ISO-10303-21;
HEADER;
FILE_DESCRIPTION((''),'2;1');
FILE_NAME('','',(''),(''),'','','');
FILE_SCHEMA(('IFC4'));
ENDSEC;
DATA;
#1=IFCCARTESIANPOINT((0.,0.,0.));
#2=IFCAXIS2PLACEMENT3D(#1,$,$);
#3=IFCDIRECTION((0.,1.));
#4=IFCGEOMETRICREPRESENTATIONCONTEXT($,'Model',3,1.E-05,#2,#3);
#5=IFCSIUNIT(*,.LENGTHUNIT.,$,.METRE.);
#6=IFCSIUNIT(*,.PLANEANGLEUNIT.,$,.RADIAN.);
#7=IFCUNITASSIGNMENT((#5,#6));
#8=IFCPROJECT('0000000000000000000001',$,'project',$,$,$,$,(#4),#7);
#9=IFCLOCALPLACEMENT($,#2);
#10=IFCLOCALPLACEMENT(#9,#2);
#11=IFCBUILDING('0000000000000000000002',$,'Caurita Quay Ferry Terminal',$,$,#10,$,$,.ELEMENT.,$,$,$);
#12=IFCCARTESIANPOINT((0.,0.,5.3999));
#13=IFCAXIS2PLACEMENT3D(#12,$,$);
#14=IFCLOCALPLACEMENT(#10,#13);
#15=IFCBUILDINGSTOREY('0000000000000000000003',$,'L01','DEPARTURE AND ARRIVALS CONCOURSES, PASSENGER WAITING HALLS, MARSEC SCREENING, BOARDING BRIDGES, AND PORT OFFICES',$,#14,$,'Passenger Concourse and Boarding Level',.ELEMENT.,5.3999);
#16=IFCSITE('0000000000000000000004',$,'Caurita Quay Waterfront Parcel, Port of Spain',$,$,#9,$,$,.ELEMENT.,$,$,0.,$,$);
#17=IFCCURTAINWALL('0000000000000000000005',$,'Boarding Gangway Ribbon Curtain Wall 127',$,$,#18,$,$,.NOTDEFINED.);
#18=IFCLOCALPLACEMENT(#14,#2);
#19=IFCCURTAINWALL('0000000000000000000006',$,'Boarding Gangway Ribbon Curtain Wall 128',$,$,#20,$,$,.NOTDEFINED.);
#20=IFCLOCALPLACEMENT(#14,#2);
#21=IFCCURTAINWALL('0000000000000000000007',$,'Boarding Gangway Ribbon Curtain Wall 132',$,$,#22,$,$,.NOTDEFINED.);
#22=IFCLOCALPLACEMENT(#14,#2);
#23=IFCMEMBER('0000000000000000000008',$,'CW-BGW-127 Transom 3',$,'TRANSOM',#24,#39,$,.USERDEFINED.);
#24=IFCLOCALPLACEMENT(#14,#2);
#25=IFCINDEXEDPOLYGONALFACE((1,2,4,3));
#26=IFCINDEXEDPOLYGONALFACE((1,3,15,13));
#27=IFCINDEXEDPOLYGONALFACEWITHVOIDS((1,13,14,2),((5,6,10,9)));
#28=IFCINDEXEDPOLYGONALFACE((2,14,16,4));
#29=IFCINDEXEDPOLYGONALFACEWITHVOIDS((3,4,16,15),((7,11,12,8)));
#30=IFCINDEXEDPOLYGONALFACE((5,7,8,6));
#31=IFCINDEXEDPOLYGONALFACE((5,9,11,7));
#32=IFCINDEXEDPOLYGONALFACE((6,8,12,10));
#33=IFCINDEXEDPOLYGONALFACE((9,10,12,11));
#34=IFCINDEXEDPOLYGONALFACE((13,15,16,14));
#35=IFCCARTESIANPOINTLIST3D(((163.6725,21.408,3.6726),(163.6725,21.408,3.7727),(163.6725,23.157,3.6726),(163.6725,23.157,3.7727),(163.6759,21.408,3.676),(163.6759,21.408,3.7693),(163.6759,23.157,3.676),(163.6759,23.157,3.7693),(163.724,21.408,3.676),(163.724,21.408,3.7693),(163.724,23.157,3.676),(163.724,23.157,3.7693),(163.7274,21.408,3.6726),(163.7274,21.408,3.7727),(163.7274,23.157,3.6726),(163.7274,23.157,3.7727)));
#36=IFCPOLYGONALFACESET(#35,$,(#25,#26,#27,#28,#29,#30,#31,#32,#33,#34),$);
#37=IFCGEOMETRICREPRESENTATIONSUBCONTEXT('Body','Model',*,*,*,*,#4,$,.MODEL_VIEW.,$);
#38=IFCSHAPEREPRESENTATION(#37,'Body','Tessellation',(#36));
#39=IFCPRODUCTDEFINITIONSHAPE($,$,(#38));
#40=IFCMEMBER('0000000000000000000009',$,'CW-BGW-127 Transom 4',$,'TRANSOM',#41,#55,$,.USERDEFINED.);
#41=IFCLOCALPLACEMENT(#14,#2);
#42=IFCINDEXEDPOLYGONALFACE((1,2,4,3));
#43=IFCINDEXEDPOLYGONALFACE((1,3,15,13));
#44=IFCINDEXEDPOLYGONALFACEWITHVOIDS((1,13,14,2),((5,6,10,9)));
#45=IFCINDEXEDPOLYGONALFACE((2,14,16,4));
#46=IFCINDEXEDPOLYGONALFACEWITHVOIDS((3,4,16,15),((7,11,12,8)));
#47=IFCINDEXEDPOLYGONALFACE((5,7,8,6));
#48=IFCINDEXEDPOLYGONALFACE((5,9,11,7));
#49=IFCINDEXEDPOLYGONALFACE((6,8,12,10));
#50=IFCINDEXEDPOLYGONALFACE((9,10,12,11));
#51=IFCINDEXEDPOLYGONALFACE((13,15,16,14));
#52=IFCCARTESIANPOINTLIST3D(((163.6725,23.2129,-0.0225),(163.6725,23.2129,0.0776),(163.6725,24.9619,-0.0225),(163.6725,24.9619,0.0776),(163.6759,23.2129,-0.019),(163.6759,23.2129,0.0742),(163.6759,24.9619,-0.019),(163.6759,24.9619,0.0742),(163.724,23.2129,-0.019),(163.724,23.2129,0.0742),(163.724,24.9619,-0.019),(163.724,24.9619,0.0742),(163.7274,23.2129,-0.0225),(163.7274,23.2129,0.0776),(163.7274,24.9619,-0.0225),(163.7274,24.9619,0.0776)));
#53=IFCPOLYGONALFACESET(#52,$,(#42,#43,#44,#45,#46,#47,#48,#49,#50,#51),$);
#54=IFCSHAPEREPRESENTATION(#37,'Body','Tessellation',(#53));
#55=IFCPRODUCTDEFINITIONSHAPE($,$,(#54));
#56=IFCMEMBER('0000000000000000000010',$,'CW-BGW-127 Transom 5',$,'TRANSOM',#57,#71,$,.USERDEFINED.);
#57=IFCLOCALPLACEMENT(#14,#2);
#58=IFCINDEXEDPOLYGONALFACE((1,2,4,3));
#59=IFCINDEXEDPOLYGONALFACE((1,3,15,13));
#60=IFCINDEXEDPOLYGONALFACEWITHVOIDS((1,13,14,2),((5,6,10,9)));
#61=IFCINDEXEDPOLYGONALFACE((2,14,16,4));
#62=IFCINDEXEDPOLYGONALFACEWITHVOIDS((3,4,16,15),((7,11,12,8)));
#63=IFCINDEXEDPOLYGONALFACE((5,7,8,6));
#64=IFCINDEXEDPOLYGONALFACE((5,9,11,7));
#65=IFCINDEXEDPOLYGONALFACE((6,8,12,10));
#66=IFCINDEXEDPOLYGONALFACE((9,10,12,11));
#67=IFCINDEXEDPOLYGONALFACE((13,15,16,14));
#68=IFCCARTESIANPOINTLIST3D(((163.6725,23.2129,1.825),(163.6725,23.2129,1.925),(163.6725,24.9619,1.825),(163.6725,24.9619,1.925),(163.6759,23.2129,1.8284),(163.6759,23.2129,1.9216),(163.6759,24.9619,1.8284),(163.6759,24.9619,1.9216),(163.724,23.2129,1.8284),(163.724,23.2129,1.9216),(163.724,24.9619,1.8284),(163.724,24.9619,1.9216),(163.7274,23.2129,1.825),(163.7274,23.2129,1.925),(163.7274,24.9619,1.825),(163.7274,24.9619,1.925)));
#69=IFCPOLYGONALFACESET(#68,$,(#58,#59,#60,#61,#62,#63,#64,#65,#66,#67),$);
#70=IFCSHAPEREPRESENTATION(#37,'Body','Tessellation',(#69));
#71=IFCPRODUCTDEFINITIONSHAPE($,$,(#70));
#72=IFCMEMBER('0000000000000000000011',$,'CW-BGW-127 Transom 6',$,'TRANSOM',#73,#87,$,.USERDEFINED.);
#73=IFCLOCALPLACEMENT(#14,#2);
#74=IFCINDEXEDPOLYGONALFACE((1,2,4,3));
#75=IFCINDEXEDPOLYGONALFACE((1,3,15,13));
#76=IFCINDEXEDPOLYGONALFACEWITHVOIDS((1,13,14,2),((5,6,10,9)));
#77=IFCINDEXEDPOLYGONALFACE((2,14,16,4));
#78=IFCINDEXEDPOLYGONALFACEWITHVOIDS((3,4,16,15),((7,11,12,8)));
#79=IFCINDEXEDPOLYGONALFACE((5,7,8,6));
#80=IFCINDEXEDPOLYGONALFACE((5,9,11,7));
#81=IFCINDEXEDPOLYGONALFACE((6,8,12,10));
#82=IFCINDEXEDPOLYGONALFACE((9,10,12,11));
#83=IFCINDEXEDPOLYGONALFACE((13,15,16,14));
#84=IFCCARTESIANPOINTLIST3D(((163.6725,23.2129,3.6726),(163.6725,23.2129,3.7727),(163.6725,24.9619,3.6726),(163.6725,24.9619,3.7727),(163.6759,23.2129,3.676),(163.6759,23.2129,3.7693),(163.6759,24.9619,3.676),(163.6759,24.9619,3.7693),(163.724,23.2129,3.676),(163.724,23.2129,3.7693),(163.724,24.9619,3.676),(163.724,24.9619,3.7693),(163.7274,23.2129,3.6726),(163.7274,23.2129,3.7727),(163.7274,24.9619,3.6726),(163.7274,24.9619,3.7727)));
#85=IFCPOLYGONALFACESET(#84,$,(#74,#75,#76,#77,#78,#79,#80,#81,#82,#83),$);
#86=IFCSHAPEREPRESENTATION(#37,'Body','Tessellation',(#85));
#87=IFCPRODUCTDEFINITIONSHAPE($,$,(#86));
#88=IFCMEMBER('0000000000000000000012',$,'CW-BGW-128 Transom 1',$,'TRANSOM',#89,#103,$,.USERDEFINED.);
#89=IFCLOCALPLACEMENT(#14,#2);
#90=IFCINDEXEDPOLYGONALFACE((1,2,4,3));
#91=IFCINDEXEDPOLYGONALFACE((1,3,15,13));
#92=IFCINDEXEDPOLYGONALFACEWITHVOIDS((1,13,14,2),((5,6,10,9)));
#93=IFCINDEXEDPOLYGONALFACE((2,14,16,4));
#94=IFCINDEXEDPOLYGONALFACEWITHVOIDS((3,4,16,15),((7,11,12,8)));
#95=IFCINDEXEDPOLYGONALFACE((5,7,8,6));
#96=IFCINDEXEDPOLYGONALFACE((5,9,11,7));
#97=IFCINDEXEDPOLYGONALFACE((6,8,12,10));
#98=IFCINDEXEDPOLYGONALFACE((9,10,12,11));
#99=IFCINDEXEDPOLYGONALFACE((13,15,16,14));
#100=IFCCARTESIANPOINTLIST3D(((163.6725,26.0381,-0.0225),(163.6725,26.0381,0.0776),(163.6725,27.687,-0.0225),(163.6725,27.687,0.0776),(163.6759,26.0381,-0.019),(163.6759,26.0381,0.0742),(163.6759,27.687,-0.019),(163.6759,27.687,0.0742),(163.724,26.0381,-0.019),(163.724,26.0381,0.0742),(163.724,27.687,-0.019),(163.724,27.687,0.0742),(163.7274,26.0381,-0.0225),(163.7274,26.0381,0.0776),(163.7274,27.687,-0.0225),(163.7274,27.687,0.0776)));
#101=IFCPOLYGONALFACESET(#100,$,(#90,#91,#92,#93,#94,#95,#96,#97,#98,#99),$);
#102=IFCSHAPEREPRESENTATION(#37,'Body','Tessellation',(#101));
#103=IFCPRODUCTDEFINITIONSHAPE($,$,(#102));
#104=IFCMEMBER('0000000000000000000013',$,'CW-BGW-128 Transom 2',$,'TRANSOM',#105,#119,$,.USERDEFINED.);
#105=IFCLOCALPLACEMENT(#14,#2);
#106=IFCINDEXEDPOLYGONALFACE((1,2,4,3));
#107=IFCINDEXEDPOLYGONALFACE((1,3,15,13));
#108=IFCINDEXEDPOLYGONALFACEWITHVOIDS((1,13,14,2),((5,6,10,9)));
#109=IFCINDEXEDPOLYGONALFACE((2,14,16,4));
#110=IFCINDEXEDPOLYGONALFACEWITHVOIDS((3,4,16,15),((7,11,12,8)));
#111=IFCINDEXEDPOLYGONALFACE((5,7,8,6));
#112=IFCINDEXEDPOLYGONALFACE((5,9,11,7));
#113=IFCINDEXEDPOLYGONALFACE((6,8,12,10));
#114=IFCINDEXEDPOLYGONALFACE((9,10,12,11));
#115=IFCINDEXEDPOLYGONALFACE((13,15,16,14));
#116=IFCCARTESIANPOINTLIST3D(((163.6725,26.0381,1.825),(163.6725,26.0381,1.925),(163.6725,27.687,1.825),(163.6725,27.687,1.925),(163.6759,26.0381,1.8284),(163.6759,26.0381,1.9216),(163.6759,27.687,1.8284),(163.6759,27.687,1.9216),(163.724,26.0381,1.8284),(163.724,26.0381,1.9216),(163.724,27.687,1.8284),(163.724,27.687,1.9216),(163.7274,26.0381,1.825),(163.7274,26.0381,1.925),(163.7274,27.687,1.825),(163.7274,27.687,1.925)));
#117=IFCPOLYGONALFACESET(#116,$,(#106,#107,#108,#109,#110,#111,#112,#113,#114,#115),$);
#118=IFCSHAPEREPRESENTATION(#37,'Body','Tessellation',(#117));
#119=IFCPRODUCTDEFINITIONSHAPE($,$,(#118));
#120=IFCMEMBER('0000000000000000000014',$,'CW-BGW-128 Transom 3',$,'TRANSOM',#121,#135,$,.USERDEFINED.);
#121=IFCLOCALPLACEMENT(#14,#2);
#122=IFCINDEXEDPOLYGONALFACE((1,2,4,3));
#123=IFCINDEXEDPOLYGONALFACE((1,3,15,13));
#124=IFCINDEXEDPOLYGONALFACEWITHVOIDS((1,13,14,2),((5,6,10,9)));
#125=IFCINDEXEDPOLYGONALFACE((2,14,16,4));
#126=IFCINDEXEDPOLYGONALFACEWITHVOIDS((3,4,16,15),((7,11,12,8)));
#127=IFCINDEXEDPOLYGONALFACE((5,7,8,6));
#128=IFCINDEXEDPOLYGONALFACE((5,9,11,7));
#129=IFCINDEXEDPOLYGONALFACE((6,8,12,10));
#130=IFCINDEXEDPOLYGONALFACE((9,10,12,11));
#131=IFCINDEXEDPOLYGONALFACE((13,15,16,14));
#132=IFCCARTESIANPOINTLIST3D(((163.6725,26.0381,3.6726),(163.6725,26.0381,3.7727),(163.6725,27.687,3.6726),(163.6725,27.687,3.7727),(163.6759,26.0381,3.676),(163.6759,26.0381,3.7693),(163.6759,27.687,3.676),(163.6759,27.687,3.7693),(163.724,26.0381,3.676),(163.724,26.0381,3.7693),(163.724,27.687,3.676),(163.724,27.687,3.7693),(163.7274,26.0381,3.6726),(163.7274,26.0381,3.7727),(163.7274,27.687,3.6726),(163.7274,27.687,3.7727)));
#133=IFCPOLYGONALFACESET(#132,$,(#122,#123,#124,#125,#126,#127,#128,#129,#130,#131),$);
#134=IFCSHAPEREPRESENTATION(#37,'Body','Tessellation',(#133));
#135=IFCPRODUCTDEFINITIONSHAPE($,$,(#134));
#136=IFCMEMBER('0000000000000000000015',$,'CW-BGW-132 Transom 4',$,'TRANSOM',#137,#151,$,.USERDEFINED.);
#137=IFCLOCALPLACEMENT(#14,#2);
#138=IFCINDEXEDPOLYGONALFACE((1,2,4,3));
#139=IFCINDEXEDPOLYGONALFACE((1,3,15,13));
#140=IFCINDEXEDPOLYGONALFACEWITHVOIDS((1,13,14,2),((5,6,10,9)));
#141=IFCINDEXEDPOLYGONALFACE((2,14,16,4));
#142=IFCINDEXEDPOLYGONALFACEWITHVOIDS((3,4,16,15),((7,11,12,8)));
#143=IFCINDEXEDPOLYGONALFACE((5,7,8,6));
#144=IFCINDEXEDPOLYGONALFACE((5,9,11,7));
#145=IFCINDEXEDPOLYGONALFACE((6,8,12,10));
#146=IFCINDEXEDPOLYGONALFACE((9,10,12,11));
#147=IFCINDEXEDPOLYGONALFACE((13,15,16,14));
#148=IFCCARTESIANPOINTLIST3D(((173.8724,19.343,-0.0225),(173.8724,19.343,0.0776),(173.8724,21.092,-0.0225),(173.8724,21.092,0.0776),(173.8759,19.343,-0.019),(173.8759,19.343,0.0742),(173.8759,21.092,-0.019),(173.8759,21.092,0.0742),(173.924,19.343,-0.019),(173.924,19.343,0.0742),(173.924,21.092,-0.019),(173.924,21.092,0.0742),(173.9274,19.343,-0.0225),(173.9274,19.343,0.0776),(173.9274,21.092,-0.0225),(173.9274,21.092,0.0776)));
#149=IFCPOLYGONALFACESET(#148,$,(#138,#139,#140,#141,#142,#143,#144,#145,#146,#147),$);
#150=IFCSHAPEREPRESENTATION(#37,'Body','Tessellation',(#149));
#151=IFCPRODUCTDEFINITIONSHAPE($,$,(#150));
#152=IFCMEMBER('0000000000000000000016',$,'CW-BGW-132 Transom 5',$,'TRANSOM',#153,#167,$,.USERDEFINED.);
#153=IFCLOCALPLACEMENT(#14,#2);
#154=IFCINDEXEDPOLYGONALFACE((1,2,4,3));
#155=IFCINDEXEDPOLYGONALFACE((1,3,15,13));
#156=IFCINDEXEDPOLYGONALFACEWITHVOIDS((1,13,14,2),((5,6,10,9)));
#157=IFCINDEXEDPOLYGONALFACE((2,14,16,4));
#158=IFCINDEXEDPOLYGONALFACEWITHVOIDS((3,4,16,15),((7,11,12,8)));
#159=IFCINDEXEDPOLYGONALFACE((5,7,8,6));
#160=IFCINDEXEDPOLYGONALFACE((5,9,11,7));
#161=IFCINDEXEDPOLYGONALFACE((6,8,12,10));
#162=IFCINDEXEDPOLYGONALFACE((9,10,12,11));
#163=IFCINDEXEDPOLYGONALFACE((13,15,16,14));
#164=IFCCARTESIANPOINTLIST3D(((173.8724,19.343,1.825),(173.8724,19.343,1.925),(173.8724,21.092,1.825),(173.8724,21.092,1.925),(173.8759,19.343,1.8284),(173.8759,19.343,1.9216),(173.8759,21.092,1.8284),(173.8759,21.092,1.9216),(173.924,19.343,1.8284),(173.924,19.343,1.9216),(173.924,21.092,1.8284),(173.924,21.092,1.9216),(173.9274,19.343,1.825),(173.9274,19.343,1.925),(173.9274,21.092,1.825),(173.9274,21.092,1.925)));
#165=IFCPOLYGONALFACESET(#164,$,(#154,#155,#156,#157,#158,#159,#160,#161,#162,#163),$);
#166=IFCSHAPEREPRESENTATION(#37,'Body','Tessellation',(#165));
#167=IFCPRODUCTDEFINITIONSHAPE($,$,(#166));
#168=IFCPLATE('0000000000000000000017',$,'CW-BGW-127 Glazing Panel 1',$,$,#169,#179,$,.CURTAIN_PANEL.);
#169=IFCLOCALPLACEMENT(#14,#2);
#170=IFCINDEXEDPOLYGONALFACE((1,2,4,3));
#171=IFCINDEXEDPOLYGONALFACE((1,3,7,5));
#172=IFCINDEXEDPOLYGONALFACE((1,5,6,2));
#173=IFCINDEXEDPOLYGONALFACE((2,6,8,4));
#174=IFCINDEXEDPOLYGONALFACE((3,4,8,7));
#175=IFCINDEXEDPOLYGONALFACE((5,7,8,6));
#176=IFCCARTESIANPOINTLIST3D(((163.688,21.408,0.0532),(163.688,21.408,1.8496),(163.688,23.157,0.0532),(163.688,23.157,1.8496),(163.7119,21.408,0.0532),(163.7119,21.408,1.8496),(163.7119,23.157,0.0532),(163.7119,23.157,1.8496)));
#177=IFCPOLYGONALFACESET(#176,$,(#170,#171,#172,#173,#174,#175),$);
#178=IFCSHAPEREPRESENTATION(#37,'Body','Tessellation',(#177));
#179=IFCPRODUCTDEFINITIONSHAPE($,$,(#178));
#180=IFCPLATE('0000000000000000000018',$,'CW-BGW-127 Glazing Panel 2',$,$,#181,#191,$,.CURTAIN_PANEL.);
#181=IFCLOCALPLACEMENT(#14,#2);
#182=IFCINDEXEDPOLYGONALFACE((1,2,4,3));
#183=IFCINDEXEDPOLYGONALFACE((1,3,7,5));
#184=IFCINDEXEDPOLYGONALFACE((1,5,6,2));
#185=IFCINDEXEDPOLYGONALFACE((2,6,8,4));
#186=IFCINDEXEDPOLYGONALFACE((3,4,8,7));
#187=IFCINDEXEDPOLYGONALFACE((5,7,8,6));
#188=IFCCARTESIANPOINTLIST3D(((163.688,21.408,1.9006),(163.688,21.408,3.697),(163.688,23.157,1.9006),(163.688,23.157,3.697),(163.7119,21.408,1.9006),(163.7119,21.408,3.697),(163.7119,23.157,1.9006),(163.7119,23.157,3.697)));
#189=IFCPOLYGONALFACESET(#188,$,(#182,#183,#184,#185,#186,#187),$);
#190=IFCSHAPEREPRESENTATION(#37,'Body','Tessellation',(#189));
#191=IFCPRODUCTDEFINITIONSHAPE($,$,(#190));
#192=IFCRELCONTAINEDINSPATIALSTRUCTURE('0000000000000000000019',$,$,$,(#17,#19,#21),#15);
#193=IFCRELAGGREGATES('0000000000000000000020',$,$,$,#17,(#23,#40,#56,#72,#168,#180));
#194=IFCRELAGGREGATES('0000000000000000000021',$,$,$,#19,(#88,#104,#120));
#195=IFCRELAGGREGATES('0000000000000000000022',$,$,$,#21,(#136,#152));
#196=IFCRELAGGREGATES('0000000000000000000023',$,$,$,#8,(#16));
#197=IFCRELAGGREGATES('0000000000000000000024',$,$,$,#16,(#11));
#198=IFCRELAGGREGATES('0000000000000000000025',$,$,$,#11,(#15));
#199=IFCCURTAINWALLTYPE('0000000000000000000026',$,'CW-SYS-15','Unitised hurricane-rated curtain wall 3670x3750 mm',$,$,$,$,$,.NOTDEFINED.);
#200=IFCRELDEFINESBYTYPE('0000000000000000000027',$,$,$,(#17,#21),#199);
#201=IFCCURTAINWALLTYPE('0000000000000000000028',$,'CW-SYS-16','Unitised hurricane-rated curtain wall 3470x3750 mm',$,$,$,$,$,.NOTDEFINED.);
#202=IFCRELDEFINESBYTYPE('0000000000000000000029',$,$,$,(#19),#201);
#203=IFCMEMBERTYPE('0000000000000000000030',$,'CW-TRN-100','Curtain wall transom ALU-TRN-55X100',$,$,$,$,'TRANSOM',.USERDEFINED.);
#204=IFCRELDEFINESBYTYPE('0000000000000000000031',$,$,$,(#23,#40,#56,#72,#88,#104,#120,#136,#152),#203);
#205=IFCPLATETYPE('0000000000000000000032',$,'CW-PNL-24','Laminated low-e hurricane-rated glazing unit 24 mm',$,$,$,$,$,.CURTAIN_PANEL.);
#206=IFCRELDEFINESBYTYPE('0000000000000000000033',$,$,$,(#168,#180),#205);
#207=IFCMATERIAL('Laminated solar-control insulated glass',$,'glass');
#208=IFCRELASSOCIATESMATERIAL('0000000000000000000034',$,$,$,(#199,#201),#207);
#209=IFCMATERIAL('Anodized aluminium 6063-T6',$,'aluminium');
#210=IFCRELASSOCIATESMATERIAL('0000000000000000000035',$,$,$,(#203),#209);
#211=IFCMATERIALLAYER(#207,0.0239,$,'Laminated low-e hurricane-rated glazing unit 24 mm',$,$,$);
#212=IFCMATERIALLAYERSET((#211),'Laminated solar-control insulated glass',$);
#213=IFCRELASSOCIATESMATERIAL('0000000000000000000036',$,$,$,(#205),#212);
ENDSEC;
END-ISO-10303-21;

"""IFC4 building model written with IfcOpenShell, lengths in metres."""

from ifc_helpers import new_model, si_unit, direction, frame, origin, origin_2d, place, context, subcontext, project, spatial, rectangle, hollow_rectangle, extrude, material, layer, layer_set, material_profile, profile_set, type_object, element, aggregate, save


model = new_model("IFC4")

# Units and contexts
model_context = context("Model", 3, precision=1e-05, world=origin(), true_north=direction((0.0, 1.0)))
body_context = subcontext(model_context, "Body", "Model", "MODEL_VIEW")
ifc_project = project(units=[si_unit("LENGTHUNIT", "METRE"), si_unit("PLANEANGLEUNIT", "RADIAN")], contexts=[model_context])

# Site, building, storey
site_placement = place(None, origin())
site = spatial("IfcSite", under=ifc_project, at=site_placement, Name="Caurita Quay Waterfront Parcel, Port of Spain", CompositionType="ELEMENT", RefElevation=0.0)
building_placement = place(site_placement, origin())
building = spatial("IfcBuilding", under=site, at=building_placement, Name="Caurita Quay Ferry Terminal", CompositionType="ELEMENT")
storey_placement = place(building_placement, frame((0.0, 0.0, 5.3999)))
storey = spatial("IfcBuildingStorey", under=building, at=storey_placement, Name="L01", Description="DEPARTURE AND ARRIVALS CONCOURSES, PASSENGER WAITING HALLS, MARSEC SCREENING, BOARDING BRIDGES, AND PORT OFFICES", LongName="Passenger Concourse and Boarding Level", CompositionType="ELEMENT", Elevation=5.3999)

# Curtain wall
ifc_material_1 = material(Name="Laminated solar-control insulated glass", Category="glass")
curtain_wall_type_1 = type_object("IfcCurtainWallType", Name="CW-SYS-15", Description="Unitised hurricane-rated curtain wall 3670x3750 mm", PredefinedType="NOTDEFINED", material=ifc_material_1)
curtain_wall_1_placement = place(storey_placement, origin())
curtain_wall_1 = element("IfcCurtainWall", 1, at=curtain_wall_1_placement, inside=storey, type_object=curtain_wall_type_1, Name="Boarding Gangway Ribbon Curtain Wall 127", PredefinedType="NOTDEFINED")
ifc_material_2 = material(Name="Anodized aluminium 6063-T6", Category="aluminium")

# Curtain walls
curtain_wall_type_2 = type_object("IfcCurtainWallType", Name="CW-SYS-16", Description="Unitised hurricane-rated curtain wall 3470x3750 mm", PredefinedType="NOTDEFINED", material=ifc_material_1)
curtain_wall_2_placement = place(storey_placement, origin())
curtain_wall_2 = element("IfcCurtainWall", 2, at=curtain_wall_2_placement, inside=storey, type_object=curtain_wall_type_2, Name="Boarding Gangway Ribbon Curtain Wall 128", PredefinedType="NOTDEFINED")
curtain_wall_3_placement = place(storey_placement, origin())
curtain_wall_3 = element("IfcCurtainWall", 3, at=curtain_wall_3_placement, inside=storey, type_object=curtain_wall_type_1, Name="Boarding Gangway Ribbon Curtain Wall 132", PredefinedType="NOTDEFINED")

# Members
ifc_material_profile_1 = material_profile(ifc_material_2, hollow_rectangle(XDim=0.0549, YDim=0.1001, WallThickness=0.0034, at=origin_2d()), Name="ALU-TRN-55X100")
ifc_profile_set_1 = profile_set([ifc_material_profile_1], Name="Anodized aluminium 6063-T6")
member_type_1 = type_object("IfcMemberType", Name="CW-TRN-100", Description="Curtain wall transom ALU-TRN-55X100", ElementType="TRANSOM", PredefinedType="USERDEFINED", material=ifc_profile_set_1)
member_1_placement = place(storey_placement, frame((163.7, 21.408, 3.7227), z_axis=(0.0, 1.0, 0.0), x_axis=(-1.0, 0.0, 0.0)))
member_1 = element("IfcMember", 4, at=member_1_placement, type_object=member_type_1, Name="CW-BGW-127 Transom 3", ObjectType="TRANSOM", PredefinedType="USERDEFINED", context=body_context, shape_type="SweptSolid", body=[
    extrude(hollow_rectangle(XDim=0.0549, YDim=0.1001, WallThickness=0.0034, at=origin_2d()), origin(), (0.0, 0.0, 1.0), 1.749),
])
member_2_placement = place(storey_placement, frame((163.7, 23.2129, 0.0276), z_axis=(0.0, 1.0, 0.0), x_axis=(-1.0, 0.0, 0.0)))
member_2 = element("IfcMember", 5, at=member_2_placement, type_object=member_type_1, Name="CW-BGW-127 Transom 4", ObjectType="TRANSOM", PredefinedType="USERDEFINED", context=body_context, shape_type="SweptSolid", body=[
    extrude(hollow_rectangle(XDim=0.0549, YDim=0.1001, WallThickness=0.0034, at=origin_2d()), origin(), (0.0, 0.0, 1.0), 1.749),
])
member_3_placement = place(storey_placement, frame((163.7, 23.2129, 1.875), z_axis=(0.0, 1.0, 0.0), x_axis=(-1.0, 0.0, 0.0)))
member_3 = element("IfcMember", 6, at=member_3_placement, type_object=member_type_1, Name="CW-BGW-127 Transom 5", ObjectType="TRANSOM", PredefinedType="USERDEFINED", context=body_context, shape_type="SweptSolid", body=[
    extrude(hollow_rectangle(XDim=0.0549, YDim=0.1001, WallThickness=0.0034, at=origin_2d()), origin(), (0.0, 0.0, 1.0), 1.749),
])
member_4_placement = place(storey_placement, frame((163.7, 23.2129, 3.7227), z_axis=(0.0, 1.0, 0.0), x_axis=(-1.0, 0.0, 0.0)))
member_4 = element("IfcMember", 7, at=member_4_placement, type_object=member_type_1, Name="CW-BGW-127 Transom 6", ObjectType="TRANSOM", PredefinedType="USERDEFINED", context=body_context, shape_type="SweptSolid", body=[
    extrude(hollow_rectangle(XDim=0.0549, YDim=0.1001, WallThickness=0.0034, at=origin_2d()), origin(), (0.0, 0.0, 1.0), 1.749),
])
member_5_placement = place(storey_placement, frame((163.7, 26.0381, 0.0276), z_axis=(0.0, 1.0, 0.0), x_axis=(-1.0, 0.0, 0.0)))
member_5 = element("IfcMember", 8, at=member_5_placement, type_object=member_type_1, Name="CW-BGW-128 Transom 1", ObjectType="TRANSOM", PredefinedType="USERDEFINED", context=body_context, shape_type="SweptSolid", body=[
    extrude(hollow_rectangle(XDim=0.0549, YDim=0.1001, WallThickness=0.0034, at=origin_2d()), origin(), (0.0, 0.0, 1.0), 1.6489),
])
member_6_placement = place(storey_placement, frame((163.7, 26.0381, 1.875), z_axis=(0.0, 1.0, 0.0), x_axis=(-1.0, 0.0, 0.0)))
member_6 = element("IfcMember", 9, at=member_6_placement, type_object=member_type_1, Name="CW-BGW-128 Transom 2", ObjectType="TRANSOM", PredefinedType="USERDEFINED", context=body_context, shape_type="SweptSolid", body=[
    extrude(hollow_rectangle(XDim=0.0549, YDim=0.1001, WallThickness=0.0034, at=origin_2d()), origin(), (0.0, 0.0, 1.0), 1.6489),
])
member_7_placement = place(storey_placement, frame((163.7, 26.0381, 3.7227), z_axis=(0.0, 1.0, 0.0), x_axis=(-1.0, 0.0, 0.0)))
member_7 = element("IfcMember", 10, at=member_7_placement, type_object=member_type_1, Name="CW-BGW-128 Transom 3", ObjectType="TRANSOM", PredefinedType="USERDEFINED", context=body_context, shape_type="SweptSolid", body=[
    extrude(hollow_rectangle(XDim=0.0549, YDim=0.1001, WallThickness=0.0034, at=origin_2d()), origin(), (0.0, 0.0, 1.0), 1.6489),
])
member_8_placement = place(storey_placement, frame((173.8999, 19.343, 0.0276), z_axis=(0.0, 1.0, 0.0), x_axis=(-1.0, 0.0, 0.0)))
member_8 = element("IfcMember", 11, at=member_8_placement, type_object=member_type_1, Name="CW-BGW-132 Transom 4", ObjectType="TRANSOM", PredefinedType="USERDEFINED", context=body_context, shape_type="SweptSolid", body=[
    extrude(hollow_rectangle(XDim=0.0549, YDim=0.1001, WallThickness=0.0034, at=origin_2d()), origin(), (0.0, 0.0, 1.0), 1.749),
])
member_9_placement = place(storey_placement, frame((173.8999, 19.343, 1.875), z_axis=(0.0, 1.0, 0.0), x_axis=(-1.0, 0.0, 0.0)))
member_9 = element("IfcMember", 12, at=member_9_placement, type_object=member_type_1, Name="CW-BGW-132 Transom 5", ObjectType="TRANSOM", PredefinedType="USERDEFINED", context=body_context, shape_type="SweptSolid", body=[
    extrude(hollow_rectangle(XDim=0.0549, YDim=0.1001, WallThickness=0.0034, at=origin_2d()), origin(), (0.0, 0.0, 1.0), 1.749),
])

# Plates
ifc_layer = layer(ifc_material_1, 0.0239, Name="Laminated low-e hurricane-rated glazing unit 24 mm")
ifc_layer_set = layer_set([ifc_layer], Name="Laminated solar-control insulated glass")
plate_type = type_object("IfcPlateType", Name="CW-PNL-24", Description="Laminated low-e hurricane-rated glazing unit 24 mm", PredefinedType="CURTAIN_PANEL", material=ifc_layer_set)
plate_1_placement = place(storey_placement, frame((163.7, 22.2825, 0.0532), z_axis=(0.0, 0.0, 1.0), x_axis=(0.0, 1.0, 0.0)))
plate_1 = element("IfcPlate", 13, at=plate_1_placement, type_object=plate_type, Name="CW-BGW-127 Glazing Panel 1", PredefinedType="CURTAIN_PANEL", context=body_context, shape_type="SweptSolid", body=[
    extrude(rectangle(XDim=1.749, YDim=0.0239, at=origin_2d()), origin(), (0.0, 0.0, 1.0), 1.7964),
])
plate_2_placement = place(storey_placement, frame((163.7, 22.2825, 1.9006), z_axis=(0.0, 0.0, 1.0), x_axis=(0.0, 1.0, 0.0)))
plate_2 = element("IfcPlate", 14, at=plate_2_placement, type_object=plate_type, Name="CW-BGW-127 Glazing Panel 2", PredefinedType="CURTAIN_PANEL", context=body_context, shape_type="SweptSolid", body=[
    extrude(rectangle(XDim=1.749, YDim=0.0239, at=origin_2d()), origin(), (0.0, 0.0, 1.0), 1.7964),
])
aggregate(curtain_wall_1, [member_1, member_2, member_3, member_4, plate_1, plate_2])
aggregate(curtain_wall_2, [member_5, member_6, member_7])
aggregate(curtain_wall_3, [member_8, member_9])

save(model, "model.ifc")
